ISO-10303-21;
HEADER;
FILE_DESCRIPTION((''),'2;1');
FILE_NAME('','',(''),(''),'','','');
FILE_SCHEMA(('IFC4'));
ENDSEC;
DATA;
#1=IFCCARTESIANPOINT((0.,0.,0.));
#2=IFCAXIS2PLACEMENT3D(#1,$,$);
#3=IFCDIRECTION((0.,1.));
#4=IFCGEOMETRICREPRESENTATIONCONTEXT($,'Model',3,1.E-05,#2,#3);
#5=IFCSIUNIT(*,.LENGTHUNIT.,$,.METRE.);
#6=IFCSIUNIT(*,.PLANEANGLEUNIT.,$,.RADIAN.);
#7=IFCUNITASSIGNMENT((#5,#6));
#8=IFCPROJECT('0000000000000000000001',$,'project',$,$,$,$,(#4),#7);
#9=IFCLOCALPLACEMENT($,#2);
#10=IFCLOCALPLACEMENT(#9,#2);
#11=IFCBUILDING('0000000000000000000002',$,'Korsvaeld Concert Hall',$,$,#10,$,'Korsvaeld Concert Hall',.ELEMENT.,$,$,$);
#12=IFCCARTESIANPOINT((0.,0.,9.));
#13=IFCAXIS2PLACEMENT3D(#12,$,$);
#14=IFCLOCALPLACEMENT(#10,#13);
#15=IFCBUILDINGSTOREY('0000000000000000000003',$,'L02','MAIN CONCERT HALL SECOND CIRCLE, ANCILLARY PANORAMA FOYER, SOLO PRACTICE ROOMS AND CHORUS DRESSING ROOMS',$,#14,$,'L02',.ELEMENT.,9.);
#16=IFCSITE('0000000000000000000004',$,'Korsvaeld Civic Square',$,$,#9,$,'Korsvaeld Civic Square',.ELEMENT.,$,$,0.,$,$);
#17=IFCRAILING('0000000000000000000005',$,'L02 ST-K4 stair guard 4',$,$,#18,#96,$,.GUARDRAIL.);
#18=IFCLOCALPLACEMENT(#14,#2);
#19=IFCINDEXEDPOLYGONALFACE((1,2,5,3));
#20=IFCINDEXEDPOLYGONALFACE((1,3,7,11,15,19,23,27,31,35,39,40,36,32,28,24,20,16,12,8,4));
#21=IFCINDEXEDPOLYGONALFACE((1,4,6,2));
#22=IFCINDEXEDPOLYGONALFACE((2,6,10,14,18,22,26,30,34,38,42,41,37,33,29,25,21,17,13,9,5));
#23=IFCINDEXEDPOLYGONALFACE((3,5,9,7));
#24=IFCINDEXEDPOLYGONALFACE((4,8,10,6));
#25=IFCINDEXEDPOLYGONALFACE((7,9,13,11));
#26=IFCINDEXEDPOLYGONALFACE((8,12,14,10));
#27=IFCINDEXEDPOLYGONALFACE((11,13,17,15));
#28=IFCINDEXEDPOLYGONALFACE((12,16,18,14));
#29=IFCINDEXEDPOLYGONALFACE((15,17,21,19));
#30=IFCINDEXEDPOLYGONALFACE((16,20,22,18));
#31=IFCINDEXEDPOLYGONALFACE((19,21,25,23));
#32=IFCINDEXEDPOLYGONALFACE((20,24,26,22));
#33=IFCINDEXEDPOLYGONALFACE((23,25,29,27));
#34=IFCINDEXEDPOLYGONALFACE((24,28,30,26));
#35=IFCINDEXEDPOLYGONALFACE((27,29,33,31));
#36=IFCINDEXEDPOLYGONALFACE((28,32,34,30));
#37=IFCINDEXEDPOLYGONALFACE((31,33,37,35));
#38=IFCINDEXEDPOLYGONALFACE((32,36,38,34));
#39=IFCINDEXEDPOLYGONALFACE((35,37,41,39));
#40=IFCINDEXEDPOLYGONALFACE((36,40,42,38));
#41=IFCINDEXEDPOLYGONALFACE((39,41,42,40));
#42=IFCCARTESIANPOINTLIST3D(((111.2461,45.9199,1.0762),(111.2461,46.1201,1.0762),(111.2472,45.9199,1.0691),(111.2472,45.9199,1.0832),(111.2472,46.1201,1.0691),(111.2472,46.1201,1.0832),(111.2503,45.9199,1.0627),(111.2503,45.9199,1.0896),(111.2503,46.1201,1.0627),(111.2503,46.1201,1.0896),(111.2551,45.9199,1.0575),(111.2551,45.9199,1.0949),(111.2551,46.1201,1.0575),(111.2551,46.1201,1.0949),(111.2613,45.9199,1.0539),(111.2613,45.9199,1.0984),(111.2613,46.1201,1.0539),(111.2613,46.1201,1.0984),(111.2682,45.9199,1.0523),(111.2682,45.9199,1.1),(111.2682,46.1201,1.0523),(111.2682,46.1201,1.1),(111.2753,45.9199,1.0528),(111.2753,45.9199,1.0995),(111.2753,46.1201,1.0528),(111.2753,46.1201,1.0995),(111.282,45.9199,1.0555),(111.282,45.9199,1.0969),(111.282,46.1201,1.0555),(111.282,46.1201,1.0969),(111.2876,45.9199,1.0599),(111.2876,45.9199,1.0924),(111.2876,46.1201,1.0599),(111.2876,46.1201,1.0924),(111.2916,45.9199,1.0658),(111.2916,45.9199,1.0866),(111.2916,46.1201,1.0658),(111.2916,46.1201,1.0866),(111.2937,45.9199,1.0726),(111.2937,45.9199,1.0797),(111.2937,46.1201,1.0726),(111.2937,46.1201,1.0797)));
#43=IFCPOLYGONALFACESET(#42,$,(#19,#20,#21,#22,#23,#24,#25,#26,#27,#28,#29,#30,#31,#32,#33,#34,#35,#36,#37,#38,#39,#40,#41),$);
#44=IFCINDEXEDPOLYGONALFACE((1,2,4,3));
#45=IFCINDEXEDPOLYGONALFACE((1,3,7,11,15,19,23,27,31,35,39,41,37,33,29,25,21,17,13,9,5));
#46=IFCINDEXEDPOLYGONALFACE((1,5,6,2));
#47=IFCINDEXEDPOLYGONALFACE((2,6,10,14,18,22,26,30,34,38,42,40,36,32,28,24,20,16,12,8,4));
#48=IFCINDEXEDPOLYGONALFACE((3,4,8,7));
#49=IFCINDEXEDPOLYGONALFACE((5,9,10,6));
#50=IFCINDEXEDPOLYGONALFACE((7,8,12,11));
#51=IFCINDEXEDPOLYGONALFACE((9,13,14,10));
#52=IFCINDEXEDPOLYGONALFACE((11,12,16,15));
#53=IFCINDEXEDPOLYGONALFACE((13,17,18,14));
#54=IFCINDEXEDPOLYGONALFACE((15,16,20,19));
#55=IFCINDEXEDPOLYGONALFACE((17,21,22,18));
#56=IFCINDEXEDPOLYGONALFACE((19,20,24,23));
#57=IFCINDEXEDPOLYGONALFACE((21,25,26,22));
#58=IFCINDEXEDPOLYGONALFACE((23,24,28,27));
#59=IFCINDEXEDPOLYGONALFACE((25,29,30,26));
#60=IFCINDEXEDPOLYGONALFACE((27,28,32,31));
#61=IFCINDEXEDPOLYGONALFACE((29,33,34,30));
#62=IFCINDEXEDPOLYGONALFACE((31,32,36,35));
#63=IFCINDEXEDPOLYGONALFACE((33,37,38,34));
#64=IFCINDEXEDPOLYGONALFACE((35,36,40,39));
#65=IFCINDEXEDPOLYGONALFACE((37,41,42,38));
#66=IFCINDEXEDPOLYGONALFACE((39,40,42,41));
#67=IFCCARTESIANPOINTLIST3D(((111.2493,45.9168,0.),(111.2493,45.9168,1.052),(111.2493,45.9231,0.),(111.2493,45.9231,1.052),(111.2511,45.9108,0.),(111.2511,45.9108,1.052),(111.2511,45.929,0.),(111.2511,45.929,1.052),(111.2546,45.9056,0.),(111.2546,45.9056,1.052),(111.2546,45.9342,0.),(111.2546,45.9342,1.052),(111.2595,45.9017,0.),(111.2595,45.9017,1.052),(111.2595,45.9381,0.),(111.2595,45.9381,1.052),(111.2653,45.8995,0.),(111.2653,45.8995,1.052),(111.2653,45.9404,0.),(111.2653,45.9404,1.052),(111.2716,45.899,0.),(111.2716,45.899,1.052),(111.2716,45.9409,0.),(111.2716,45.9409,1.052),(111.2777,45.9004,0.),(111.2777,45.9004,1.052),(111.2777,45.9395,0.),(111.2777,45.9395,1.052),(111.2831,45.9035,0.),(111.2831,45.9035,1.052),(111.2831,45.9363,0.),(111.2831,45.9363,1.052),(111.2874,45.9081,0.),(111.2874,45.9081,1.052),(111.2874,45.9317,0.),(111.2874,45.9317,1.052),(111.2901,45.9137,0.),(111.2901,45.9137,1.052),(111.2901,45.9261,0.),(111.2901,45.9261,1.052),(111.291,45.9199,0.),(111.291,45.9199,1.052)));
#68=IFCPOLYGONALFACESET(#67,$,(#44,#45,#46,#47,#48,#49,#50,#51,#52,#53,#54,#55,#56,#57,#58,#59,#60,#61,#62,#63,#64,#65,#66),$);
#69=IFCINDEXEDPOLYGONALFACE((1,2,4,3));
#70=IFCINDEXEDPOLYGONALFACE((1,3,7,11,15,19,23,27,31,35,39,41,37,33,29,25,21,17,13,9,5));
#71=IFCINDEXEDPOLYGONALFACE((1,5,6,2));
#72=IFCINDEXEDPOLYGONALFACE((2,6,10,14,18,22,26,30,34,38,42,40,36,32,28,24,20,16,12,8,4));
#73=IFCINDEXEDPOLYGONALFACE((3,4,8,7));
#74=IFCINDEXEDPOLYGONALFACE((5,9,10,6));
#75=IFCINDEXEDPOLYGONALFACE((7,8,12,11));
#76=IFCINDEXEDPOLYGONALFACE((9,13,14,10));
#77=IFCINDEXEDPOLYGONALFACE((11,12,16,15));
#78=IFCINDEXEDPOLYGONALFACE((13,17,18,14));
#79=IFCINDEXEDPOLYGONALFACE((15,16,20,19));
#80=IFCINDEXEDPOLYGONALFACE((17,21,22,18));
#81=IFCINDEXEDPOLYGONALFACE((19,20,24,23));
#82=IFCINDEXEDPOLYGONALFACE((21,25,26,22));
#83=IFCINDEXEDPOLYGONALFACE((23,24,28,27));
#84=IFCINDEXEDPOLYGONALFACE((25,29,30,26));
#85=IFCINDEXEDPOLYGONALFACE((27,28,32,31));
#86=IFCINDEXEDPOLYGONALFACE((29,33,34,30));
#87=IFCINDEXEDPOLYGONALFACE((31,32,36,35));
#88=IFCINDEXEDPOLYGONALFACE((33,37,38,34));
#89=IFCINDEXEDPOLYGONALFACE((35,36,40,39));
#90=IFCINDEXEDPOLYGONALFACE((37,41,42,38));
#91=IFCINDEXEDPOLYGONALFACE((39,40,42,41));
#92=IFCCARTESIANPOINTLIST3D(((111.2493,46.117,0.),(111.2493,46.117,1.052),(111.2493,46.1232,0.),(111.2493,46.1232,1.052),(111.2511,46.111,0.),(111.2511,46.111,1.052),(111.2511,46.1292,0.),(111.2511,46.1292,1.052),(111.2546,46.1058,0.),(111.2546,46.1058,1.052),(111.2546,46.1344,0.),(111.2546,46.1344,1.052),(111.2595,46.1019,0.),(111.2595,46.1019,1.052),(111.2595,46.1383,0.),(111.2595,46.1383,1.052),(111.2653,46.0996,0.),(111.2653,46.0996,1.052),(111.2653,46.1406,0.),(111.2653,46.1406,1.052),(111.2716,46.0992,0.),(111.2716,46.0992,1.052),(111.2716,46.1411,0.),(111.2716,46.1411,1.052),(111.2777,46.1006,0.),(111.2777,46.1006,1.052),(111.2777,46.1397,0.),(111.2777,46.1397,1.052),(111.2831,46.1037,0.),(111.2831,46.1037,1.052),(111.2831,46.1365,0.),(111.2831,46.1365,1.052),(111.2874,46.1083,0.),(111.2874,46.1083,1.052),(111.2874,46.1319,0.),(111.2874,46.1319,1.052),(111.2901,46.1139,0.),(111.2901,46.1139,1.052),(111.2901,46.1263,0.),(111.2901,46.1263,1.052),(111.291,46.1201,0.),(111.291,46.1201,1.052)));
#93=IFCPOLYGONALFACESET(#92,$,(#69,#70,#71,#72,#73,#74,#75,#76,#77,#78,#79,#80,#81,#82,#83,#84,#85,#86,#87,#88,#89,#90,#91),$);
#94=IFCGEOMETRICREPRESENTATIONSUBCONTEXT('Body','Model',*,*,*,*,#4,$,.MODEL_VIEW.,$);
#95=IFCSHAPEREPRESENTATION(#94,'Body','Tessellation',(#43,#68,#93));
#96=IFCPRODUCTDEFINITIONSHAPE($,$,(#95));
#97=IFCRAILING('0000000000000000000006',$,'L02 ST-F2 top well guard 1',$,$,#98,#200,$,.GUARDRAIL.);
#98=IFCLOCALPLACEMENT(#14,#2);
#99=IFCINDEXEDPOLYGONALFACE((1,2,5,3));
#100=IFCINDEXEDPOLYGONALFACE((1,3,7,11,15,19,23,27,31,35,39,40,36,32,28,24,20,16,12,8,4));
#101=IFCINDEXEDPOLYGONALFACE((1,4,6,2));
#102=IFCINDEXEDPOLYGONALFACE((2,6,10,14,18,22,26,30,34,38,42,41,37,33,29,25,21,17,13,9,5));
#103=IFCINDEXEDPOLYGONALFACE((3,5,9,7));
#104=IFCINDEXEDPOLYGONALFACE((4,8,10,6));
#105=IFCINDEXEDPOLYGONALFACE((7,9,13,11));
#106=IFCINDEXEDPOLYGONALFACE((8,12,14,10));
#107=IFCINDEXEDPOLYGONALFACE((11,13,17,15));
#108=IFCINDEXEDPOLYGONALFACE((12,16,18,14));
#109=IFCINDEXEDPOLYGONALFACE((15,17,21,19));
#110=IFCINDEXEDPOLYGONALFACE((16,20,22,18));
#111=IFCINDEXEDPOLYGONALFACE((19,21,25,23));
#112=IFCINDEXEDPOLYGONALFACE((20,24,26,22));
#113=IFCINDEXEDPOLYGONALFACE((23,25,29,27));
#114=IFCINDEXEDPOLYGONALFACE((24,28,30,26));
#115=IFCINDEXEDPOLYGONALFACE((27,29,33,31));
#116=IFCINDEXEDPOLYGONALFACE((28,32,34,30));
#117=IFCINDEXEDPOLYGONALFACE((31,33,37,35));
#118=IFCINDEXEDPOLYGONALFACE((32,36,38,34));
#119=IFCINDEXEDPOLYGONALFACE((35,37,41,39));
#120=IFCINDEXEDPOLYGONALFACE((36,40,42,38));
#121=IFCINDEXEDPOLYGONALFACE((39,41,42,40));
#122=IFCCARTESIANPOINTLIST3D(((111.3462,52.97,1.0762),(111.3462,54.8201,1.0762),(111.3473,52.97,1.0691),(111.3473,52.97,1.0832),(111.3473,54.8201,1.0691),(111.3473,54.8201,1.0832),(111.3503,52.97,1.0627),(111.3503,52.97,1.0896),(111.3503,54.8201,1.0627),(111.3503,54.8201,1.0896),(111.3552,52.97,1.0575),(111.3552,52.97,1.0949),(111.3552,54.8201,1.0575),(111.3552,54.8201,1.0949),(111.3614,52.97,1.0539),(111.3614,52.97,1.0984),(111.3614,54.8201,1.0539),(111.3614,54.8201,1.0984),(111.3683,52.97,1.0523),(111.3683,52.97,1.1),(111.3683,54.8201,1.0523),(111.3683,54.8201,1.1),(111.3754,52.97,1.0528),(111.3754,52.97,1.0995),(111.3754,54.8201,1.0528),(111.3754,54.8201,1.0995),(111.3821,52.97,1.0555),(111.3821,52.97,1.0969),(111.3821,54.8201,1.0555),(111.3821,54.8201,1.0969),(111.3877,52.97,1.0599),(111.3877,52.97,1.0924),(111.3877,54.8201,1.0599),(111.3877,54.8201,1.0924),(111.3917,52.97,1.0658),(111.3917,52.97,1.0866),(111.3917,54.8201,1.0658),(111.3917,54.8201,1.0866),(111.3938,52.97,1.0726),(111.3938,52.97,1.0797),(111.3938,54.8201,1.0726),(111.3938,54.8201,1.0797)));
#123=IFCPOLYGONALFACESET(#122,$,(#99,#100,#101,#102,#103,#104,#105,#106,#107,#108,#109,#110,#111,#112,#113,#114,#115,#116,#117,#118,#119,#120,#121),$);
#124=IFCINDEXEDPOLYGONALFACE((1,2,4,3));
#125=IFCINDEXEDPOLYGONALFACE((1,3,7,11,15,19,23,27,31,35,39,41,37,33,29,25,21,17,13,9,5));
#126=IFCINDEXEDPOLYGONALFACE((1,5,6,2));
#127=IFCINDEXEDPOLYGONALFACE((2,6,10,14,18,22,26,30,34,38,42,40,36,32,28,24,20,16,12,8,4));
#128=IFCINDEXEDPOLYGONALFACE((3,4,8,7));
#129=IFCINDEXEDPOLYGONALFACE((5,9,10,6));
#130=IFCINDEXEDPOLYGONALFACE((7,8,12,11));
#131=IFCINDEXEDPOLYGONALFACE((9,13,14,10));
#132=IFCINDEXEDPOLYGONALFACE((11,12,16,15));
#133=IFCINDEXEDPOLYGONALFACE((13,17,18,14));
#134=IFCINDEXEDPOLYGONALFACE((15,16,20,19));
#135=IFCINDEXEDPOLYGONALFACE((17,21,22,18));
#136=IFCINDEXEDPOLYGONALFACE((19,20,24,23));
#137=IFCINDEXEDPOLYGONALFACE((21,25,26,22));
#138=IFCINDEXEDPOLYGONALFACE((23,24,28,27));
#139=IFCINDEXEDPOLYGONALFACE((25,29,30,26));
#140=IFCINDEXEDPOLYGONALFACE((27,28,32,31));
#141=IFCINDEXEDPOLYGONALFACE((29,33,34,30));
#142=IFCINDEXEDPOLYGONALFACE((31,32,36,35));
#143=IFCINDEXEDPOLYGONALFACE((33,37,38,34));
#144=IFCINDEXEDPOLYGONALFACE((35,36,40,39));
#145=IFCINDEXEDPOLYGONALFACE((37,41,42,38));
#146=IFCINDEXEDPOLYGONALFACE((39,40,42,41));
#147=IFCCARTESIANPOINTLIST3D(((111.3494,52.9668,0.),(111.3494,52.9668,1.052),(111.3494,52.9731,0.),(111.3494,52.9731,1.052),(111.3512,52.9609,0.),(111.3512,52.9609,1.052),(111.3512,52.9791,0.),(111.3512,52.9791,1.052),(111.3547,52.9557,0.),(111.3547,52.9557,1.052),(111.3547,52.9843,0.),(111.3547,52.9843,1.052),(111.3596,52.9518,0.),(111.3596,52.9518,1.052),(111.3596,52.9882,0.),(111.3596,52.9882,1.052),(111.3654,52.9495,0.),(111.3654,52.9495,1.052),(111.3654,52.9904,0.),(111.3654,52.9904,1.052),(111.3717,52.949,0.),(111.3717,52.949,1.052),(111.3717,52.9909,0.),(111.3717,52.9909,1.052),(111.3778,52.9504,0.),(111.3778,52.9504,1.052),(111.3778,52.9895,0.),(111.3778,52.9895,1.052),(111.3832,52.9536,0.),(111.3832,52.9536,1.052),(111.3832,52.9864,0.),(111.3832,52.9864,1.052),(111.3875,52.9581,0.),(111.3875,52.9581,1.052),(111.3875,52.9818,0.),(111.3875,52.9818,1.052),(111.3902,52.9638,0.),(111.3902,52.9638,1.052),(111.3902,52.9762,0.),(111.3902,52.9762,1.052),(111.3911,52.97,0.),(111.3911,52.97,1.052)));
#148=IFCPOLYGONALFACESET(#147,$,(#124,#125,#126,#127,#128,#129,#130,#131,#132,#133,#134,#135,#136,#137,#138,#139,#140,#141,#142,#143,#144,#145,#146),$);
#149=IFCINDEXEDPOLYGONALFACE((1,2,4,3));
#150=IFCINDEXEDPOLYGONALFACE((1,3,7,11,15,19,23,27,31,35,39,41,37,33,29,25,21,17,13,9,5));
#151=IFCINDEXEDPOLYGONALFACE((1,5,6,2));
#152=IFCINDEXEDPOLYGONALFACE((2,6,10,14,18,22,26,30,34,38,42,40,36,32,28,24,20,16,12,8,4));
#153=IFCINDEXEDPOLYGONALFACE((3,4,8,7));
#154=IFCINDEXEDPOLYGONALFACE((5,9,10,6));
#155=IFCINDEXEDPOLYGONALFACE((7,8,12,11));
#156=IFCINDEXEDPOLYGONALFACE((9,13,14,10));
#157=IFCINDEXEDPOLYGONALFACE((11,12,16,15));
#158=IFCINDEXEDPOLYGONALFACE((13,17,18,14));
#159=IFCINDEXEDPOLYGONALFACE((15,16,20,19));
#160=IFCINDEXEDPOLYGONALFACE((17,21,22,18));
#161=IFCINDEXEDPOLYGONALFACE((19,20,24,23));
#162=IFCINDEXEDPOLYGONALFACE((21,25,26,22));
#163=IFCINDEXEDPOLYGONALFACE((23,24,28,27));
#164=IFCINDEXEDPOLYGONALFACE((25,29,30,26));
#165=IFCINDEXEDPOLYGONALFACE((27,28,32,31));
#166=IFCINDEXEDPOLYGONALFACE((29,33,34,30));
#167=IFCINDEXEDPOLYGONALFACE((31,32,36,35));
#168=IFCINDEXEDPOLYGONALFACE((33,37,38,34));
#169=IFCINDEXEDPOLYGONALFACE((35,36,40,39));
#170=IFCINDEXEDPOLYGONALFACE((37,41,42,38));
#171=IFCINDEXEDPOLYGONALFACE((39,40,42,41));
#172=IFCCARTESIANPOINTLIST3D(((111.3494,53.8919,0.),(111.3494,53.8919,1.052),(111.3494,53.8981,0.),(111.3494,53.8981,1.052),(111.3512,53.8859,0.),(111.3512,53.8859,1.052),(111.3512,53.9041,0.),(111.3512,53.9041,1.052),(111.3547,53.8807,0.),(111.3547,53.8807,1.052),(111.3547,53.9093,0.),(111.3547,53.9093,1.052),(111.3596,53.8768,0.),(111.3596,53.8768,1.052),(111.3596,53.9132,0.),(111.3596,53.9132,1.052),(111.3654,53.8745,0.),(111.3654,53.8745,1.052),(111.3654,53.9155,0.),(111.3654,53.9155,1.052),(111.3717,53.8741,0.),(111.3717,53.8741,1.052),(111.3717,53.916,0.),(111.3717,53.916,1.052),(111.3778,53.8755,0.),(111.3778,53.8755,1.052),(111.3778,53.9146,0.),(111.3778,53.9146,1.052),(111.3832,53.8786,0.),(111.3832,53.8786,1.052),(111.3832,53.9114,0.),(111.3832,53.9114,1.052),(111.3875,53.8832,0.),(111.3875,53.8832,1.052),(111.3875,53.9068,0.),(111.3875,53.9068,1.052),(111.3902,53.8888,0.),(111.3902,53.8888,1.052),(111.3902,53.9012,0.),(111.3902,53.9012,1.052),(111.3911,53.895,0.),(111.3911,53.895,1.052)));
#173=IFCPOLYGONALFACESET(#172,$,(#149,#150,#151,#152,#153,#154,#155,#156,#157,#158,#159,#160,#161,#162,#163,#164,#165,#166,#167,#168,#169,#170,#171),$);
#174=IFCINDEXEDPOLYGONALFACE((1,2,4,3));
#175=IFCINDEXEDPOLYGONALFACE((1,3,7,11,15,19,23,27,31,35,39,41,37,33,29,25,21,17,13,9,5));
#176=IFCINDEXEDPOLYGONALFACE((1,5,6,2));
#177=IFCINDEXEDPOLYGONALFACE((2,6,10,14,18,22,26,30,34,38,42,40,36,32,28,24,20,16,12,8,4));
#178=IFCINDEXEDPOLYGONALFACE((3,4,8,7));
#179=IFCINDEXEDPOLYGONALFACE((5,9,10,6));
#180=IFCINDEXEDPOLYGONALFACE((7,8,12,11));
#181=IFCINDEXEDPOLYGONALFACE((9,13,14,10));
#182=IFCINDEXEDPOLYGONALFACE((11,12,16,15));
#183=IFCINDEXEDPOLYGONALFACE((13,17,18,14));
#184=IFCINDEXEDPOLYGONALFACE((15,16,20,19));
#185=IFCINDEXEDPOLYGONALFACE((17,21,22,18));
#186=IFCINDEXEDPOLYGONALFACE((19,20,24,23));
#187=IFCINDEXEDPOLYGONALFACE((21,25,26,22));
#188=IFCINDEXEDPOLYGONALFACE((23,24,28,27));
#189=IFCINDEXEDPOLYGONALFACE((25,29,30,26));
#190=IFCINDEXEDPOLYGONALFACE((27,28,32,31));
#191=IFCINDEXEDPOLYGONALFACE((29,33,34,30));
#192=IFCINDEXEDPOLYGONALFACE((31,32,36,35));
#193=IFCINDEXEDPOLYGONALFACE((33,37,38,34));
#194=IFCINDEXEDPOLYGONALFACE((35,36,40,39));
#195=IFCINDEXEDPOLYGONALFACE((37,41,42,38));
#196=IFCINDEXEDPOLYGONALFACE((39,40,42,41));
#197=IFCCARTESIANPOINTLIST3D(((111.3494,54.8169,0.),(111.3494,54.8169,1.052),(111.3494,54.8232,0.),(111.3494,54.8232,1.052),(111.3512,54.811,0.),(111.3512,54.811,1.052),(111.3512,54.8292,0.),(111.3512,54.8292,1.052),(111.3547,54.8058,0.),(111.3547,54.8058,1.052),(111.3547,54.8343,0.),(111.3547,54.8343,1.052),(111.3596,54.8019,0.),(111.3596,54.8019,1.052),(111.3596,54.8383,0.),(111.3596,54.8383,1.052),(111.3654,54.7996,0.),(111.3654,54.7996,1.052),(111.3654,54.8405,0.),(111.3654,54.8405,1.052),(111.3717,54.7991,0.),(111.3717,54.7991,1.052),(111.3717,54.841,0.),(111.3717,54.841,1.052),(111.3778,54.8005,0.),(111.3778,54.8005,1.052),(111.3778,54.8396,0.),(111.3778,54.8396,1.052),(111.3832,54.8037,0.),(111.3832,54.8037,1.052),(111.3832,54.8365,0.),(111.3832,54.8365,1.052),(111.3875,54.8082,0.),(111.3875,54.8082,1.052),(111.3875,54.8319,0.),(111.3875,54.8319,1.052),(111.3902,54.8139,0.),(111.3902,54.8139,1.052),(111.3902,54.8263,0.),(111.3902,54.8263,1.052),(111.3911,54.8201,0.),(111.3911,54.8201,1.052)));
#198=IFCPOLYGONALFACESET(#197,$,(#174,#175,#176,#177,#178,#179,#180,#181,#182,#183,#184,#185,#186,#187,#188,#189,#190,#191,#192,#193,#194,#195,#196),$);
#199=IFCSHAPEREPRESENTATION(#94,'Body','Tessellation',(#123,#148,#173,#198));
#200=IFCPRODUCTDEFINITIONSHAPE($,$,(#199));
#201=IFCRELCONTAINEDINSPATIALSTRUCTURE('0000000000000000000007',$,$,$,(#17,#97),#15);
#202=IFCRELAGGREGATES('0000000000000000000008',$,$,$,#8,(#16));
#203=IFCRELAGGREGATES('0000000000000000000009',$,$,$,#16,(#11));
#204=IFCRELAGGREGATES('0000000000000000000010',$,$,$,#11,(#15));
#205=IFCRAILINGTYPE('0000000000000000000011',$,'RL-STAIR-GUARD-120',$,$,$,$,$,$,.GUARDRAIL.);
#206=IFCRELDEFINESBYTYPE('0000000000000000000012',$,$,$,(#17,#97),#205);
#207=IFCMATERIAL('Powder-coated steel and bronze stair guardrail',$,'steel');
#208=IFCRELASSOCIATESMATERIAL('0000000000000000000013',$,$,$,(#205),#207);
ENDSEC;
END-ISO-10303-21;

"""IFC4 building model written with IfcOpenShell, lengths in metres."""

from ifc_helpers import new_model, si_unit, direction, frame, origin, origin_2d, place, context, subcontext, project, spatial, circle, extrude, material, type_object, element, save


model = new_model("IFC4")

# Units and contexts
model_context = context("Model", 3, precision=1e-05, world=origin(), true_north=direction((0.0, 1.0)))
body_context = subcontext(model_context, "Body", "Model", "MODEL_VIEW")
ifc_project = project(units=[si_unit("LENGTHUNIT", "METRE"), si_unit("PLANEANGLEUNIT", "RADIAN")], contexts=[model_context])

# Site, building, storey
site_placement = place(None, origin())
site = spatial("IfcSite", under=ifc_project, at=site_placement, Name="Korsvaeld Civic Square", LongName="Korsvaeld Civic Square", CompositionType="ELEMENT", RefElevation=0.0)
building_placement = place(site_placement, origin())
building = spatial("IfcBuilding", under=site, at=building_placement, Name="Korsvaeld Concert Hall", LongName="Korsvaeld Concert Hall", CompositionType="ELEMENT")
storey_placement = place(building_placement, frame((0.0, 0.0, 9.0)))
storey = spatial("IfcBuildingStorey", under=building, at=storey_placement, Name="L02", Description="MAIN CONCERT HALL SECOND CIRCLE, ANCILLARY PANORAMA FOYER, SOLO PRACTICE ROOMS AND CHORUS DRESSING ROOMS", LongName="L02", CompositionType="ELEMENT", Elevation=9.0)

# Railings
ifc_material_1 = material(Name="Powder-coated steel and bronze stair guardrail", Category="steel")
railing_type_1 = type_object("IfcRailingType", Name="RL-STAIR-GUARD-120", PredefinedType="GUARDRAIL", material=ifc_material_1)
railing_1_placement = place(storey_placement, frame((111.27, 45.9199, 0.0)))
element("IfcRailing", 1, at=railing_1_placement, inside=storey, type_object=railing_type_1, Name="L02 ST-K4 stair guard 4", PredefinedType="GUARDRAIL", context=body_context, shape_type="SweptSolid", body=[
    extrude(circle(Radius=0.0239, at=origin_2d()), frame((0.0, 0.0, 1.0762), z_axis=(0.0, 1.0, 0.0), x_axis=(-1.0, 0.0, 0.0)), (0.0, 0.0, 1.0), 0.2002),
    extrude(circle(Radius=0.021, at=origin_2d()), origin(), (0.0, 0.0, 1.0), 1.052),
    extrude(circle(Radius=0.021, at=origin_2d()), frame((0.0, 0.2002, 0.0)), (0.0, 0.0, 1.0), 1.052),
])
railing_2_placement = place(storey_placement, frame((111.3701, 52.97, 0.0)))
element("IfcRailing", 2, at=railing_2_placement, inside=storey, type_object=railing_type_1, Name="L02 ST-F2 top well guard 1", PredefinedType="GUARDRAIL", context=body_context, shape_type="SweptSolid", body=[
    extrude(circle(Radius=0.0239, at=origin_2d()), frame((0.0, 0.0, 1.0762), z_axis=(0.0, 1.0, 0.0), x_axis=(-1.0, 0.0, 0.0)), (0.0, 0.0, 1.0), 1.8501),
    extrude(circle(Radius=0.021, at=origin_2d()), origin(), (0.0, 0.0, 1.0), 1.052),
    extrude(circle(Radius=0.021, at=origin_2d()), frame((0.0, 0.925, 0.0)), (0.0, 0.0, 1.0), 1.052),
    extrude(circle(Radius=0.021, at=origin_2d()), frame((0.0, 1.8501, 0.0)), (0.0, 0.0, 1.0), 1.052),
])

save(model, "model.ifc")
